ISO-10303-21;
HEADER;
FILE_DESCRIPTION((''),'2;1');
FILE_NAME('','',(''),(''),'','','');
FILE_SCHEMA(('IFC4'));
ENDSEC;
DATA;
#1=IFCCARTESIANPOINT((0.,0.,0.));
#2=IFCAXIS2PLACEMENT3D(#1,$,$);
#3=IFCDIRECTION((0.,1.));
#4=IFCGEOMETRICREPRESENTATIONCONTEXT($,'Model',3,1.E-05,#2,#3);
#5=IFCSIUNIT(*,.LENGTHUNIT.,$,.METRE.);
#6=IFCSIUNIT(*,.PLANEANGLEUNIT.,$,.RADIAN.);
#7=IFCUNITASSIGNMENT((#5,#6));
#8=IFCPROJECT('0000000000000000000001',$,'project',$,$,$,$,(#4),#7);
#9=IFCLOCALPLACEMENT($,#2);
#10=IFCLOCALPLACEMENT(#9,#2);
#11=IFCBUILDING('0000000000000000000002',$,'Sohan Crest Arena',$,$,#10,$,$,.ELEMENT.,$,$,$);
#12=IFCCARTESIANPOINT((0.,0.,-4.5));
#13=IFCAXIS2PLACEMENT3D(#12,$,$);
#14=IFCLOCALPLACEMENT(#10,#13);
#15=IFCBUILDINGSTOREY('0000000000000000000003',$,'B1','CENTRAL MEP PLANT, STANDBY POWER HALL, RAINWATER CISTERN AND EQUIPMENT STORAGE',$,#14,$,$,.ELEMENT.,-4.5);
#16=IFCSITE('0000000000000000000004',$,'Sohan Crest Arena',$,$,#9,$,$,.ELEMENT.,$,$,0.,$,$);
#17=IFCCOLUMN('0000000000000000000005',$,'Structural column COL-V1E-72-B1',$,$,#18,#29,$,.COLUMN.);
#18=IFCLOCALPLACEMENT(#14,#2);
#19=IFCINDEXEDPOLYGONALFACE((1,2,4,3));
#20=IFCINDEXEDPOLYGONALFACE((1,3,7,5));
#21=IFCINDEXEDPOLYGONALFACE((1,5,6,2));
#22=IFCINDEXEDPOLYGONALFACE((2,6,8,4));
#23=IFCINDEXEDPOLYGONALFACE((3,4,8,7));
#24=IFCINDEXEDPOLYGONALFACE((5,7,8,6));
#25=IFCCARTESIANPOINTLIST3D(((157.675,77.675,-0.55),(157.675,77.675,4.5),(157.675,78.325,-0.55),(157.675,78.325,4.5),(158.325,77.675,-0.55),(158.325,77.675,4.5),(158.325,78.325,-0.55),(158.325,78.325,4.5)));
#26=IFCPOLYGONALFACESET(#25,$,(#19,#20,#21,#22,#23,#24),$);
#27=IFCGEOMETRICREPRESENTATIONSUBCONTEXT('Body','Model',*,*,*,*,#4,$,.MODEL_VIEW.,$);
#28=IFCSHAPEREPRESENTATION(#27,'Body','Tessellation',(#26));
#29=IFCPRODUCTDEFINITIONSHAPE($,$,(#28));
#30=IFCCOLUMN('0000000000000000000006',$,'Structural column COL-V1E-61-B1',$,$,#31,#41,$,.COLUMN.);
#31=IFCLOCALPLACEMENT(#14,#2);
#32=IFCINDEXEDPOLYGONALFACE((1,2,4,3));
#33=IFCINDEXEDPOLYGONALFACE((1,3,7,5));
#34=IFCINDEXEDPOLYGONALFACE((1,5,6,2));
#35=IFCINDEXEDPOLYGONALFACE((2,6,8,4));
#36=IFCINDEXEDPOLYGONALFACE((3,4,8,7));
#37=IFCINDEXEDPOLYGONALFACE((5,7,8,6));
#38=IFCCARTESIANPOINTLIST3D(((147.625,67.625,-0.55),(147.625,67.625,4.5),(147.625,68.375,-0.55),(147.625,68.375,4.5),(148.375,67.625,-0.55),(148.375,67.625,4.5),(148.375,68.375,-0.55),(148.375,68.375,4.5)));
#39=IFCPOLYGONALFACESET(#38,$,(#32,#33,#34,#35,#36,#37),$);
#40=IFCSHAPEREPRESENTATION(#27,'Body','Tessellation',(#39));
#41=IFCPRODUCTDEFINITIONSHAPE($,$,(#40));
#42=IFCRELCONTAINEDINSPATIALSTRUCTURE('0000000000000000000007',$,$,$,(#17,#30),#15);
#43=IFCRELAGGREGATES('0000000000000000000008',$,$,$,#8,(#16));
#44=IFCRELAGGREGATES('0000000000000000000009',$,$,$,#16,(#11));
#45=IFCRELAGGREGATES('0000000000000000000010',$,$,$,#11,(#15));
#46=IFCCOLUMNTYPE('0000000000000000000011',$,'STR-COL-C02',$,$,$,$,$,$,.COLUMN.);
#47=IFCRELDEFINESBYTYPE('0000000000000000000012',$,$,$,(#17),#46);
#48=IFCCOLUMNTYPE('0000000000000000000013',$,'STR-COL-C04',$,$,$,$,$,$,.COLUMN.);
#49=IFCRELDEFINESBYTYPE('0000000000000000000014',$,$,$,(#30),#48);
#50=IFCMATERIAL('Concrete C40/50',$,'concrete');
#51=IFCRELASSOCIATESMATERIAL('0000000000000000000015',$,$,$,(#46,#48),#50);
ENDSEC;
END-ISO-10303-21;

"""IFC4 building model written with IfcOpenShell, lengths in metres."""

from ifc_helpers import new_model, si_unit, direction, frame, origin, origin_2d, place, context, subcontext, project, spatial, rectangle, extrude, material, material_profile, profile_set, type_object, element, save


model = new_model("IFC4")

# Units and contexts
model_context = context("Model", 3, precision=1e-05, world=origin(), true_north=direction((0.0, 1.0)))
body_context = subcontext(model_context, "Body", "Model", "MODEL_VIEW")
ifc_project = project(units=[si_unit("LENGTHUNIT", "METRE"), si_unit("PLANEANGLEUNIT", "RADIAN")], contexts=[model_context])

# Site, building, storey
site_placement = place(None, origin())
site = spatial("IfcSite", under=ifc_project, at=site_placement, Name="Sohan Crest Arena", CompositionType="ELEMENT", RefElevation=0.0)
building_placement = place(site_placement, origin())
building = spatial("IfcBuilding", under=site, at=building_placement, Name="Sohan Crest Arena", CompositionType="ELEMENT")
storey_placement = place(building_placement, frame((0.0, 0.0, -4.5)))
storey = spatial("IfcBuildingStorey", under=building, at=storey_placement, Name="B1", Description="CENTRAL MEP PLANT, STANDBY POWER HALL, RAINWATER CISTERN AND EQUIPMENT STORAGE", CompositionType="ELEMENT", Elevation=-4.5)

# Shared definitions
ifc_material = material(Name="Concrete C40/50", Category="concrete")

# Columns
ifc_material_profile_1 = material_profile(ifc_material, rectangle(XDim=0.6499, YDim=0.6499, at=origin_2d()), Name="RC 650x650")
ifc_profile_set_1 = profile_set([ifc_material_profile_1], Name="Concrete C40/50")
column_type_1 = type_object("IfcColumnType", Name="STR-COL-C02", PredefinedType="COLUMN", material=ifc_profile_set_1)
column_1_placement = place(storey_placement, frame((158.0, 78.0, -0.55), z_axis=(0.0, 0.0, 1.0), x_axis=(1.0, 0.0, 0.0)))
element("IfcColumn", 1, at=column_1_placement, inside=storey, type_object=column_type_1, Name="Structural column COL-V1E-72-B1", PredefinedType="COLUMN", context=body_context, shape_type="SweptSolid", body=[
    extrude(rectangle(XDim=0.6499, YDim=0.6499, at=origin_2d()), origin(), (0.0, 0.0, 1.0), 5.05),
])
ifc_material_profile_2 = material_profile(ifc_material, rectangle(XDim=0.75, YDim=0.75, at=origin_2d()), Name="RC 750x750")
ifc_profile_set_2 = profile_set([ifc_material_profile_2], Name="Concrete C40/50")
column_type_2 = type_object("IfcColumnType", Name="STR-COL-C04", PredefinedType="COLUMN", material=ifc_profile_set_2)
column_2_placement = place(storey_placement, frame((148.0, 68.0, -0.55), z_axis=(0.0, 0.0, 1.0), x_axis=(1.0, 0.0, 0.0)))
element("IfcColumn", 2, at=column_2_placement, inside=storey, type_object=column_type_2, Name="Structural column COL-V1E-61-B1", PredefinedType="COLUMN", context=body_context, shape_type="SweptSolid", body=[
    extrude(rectangle(XDim=0.75, YDim=0.75, at=origin_2d()), origin(), (0.0, 0.0, 1.0), 5.05),
])

save(model, "model.ifc")
